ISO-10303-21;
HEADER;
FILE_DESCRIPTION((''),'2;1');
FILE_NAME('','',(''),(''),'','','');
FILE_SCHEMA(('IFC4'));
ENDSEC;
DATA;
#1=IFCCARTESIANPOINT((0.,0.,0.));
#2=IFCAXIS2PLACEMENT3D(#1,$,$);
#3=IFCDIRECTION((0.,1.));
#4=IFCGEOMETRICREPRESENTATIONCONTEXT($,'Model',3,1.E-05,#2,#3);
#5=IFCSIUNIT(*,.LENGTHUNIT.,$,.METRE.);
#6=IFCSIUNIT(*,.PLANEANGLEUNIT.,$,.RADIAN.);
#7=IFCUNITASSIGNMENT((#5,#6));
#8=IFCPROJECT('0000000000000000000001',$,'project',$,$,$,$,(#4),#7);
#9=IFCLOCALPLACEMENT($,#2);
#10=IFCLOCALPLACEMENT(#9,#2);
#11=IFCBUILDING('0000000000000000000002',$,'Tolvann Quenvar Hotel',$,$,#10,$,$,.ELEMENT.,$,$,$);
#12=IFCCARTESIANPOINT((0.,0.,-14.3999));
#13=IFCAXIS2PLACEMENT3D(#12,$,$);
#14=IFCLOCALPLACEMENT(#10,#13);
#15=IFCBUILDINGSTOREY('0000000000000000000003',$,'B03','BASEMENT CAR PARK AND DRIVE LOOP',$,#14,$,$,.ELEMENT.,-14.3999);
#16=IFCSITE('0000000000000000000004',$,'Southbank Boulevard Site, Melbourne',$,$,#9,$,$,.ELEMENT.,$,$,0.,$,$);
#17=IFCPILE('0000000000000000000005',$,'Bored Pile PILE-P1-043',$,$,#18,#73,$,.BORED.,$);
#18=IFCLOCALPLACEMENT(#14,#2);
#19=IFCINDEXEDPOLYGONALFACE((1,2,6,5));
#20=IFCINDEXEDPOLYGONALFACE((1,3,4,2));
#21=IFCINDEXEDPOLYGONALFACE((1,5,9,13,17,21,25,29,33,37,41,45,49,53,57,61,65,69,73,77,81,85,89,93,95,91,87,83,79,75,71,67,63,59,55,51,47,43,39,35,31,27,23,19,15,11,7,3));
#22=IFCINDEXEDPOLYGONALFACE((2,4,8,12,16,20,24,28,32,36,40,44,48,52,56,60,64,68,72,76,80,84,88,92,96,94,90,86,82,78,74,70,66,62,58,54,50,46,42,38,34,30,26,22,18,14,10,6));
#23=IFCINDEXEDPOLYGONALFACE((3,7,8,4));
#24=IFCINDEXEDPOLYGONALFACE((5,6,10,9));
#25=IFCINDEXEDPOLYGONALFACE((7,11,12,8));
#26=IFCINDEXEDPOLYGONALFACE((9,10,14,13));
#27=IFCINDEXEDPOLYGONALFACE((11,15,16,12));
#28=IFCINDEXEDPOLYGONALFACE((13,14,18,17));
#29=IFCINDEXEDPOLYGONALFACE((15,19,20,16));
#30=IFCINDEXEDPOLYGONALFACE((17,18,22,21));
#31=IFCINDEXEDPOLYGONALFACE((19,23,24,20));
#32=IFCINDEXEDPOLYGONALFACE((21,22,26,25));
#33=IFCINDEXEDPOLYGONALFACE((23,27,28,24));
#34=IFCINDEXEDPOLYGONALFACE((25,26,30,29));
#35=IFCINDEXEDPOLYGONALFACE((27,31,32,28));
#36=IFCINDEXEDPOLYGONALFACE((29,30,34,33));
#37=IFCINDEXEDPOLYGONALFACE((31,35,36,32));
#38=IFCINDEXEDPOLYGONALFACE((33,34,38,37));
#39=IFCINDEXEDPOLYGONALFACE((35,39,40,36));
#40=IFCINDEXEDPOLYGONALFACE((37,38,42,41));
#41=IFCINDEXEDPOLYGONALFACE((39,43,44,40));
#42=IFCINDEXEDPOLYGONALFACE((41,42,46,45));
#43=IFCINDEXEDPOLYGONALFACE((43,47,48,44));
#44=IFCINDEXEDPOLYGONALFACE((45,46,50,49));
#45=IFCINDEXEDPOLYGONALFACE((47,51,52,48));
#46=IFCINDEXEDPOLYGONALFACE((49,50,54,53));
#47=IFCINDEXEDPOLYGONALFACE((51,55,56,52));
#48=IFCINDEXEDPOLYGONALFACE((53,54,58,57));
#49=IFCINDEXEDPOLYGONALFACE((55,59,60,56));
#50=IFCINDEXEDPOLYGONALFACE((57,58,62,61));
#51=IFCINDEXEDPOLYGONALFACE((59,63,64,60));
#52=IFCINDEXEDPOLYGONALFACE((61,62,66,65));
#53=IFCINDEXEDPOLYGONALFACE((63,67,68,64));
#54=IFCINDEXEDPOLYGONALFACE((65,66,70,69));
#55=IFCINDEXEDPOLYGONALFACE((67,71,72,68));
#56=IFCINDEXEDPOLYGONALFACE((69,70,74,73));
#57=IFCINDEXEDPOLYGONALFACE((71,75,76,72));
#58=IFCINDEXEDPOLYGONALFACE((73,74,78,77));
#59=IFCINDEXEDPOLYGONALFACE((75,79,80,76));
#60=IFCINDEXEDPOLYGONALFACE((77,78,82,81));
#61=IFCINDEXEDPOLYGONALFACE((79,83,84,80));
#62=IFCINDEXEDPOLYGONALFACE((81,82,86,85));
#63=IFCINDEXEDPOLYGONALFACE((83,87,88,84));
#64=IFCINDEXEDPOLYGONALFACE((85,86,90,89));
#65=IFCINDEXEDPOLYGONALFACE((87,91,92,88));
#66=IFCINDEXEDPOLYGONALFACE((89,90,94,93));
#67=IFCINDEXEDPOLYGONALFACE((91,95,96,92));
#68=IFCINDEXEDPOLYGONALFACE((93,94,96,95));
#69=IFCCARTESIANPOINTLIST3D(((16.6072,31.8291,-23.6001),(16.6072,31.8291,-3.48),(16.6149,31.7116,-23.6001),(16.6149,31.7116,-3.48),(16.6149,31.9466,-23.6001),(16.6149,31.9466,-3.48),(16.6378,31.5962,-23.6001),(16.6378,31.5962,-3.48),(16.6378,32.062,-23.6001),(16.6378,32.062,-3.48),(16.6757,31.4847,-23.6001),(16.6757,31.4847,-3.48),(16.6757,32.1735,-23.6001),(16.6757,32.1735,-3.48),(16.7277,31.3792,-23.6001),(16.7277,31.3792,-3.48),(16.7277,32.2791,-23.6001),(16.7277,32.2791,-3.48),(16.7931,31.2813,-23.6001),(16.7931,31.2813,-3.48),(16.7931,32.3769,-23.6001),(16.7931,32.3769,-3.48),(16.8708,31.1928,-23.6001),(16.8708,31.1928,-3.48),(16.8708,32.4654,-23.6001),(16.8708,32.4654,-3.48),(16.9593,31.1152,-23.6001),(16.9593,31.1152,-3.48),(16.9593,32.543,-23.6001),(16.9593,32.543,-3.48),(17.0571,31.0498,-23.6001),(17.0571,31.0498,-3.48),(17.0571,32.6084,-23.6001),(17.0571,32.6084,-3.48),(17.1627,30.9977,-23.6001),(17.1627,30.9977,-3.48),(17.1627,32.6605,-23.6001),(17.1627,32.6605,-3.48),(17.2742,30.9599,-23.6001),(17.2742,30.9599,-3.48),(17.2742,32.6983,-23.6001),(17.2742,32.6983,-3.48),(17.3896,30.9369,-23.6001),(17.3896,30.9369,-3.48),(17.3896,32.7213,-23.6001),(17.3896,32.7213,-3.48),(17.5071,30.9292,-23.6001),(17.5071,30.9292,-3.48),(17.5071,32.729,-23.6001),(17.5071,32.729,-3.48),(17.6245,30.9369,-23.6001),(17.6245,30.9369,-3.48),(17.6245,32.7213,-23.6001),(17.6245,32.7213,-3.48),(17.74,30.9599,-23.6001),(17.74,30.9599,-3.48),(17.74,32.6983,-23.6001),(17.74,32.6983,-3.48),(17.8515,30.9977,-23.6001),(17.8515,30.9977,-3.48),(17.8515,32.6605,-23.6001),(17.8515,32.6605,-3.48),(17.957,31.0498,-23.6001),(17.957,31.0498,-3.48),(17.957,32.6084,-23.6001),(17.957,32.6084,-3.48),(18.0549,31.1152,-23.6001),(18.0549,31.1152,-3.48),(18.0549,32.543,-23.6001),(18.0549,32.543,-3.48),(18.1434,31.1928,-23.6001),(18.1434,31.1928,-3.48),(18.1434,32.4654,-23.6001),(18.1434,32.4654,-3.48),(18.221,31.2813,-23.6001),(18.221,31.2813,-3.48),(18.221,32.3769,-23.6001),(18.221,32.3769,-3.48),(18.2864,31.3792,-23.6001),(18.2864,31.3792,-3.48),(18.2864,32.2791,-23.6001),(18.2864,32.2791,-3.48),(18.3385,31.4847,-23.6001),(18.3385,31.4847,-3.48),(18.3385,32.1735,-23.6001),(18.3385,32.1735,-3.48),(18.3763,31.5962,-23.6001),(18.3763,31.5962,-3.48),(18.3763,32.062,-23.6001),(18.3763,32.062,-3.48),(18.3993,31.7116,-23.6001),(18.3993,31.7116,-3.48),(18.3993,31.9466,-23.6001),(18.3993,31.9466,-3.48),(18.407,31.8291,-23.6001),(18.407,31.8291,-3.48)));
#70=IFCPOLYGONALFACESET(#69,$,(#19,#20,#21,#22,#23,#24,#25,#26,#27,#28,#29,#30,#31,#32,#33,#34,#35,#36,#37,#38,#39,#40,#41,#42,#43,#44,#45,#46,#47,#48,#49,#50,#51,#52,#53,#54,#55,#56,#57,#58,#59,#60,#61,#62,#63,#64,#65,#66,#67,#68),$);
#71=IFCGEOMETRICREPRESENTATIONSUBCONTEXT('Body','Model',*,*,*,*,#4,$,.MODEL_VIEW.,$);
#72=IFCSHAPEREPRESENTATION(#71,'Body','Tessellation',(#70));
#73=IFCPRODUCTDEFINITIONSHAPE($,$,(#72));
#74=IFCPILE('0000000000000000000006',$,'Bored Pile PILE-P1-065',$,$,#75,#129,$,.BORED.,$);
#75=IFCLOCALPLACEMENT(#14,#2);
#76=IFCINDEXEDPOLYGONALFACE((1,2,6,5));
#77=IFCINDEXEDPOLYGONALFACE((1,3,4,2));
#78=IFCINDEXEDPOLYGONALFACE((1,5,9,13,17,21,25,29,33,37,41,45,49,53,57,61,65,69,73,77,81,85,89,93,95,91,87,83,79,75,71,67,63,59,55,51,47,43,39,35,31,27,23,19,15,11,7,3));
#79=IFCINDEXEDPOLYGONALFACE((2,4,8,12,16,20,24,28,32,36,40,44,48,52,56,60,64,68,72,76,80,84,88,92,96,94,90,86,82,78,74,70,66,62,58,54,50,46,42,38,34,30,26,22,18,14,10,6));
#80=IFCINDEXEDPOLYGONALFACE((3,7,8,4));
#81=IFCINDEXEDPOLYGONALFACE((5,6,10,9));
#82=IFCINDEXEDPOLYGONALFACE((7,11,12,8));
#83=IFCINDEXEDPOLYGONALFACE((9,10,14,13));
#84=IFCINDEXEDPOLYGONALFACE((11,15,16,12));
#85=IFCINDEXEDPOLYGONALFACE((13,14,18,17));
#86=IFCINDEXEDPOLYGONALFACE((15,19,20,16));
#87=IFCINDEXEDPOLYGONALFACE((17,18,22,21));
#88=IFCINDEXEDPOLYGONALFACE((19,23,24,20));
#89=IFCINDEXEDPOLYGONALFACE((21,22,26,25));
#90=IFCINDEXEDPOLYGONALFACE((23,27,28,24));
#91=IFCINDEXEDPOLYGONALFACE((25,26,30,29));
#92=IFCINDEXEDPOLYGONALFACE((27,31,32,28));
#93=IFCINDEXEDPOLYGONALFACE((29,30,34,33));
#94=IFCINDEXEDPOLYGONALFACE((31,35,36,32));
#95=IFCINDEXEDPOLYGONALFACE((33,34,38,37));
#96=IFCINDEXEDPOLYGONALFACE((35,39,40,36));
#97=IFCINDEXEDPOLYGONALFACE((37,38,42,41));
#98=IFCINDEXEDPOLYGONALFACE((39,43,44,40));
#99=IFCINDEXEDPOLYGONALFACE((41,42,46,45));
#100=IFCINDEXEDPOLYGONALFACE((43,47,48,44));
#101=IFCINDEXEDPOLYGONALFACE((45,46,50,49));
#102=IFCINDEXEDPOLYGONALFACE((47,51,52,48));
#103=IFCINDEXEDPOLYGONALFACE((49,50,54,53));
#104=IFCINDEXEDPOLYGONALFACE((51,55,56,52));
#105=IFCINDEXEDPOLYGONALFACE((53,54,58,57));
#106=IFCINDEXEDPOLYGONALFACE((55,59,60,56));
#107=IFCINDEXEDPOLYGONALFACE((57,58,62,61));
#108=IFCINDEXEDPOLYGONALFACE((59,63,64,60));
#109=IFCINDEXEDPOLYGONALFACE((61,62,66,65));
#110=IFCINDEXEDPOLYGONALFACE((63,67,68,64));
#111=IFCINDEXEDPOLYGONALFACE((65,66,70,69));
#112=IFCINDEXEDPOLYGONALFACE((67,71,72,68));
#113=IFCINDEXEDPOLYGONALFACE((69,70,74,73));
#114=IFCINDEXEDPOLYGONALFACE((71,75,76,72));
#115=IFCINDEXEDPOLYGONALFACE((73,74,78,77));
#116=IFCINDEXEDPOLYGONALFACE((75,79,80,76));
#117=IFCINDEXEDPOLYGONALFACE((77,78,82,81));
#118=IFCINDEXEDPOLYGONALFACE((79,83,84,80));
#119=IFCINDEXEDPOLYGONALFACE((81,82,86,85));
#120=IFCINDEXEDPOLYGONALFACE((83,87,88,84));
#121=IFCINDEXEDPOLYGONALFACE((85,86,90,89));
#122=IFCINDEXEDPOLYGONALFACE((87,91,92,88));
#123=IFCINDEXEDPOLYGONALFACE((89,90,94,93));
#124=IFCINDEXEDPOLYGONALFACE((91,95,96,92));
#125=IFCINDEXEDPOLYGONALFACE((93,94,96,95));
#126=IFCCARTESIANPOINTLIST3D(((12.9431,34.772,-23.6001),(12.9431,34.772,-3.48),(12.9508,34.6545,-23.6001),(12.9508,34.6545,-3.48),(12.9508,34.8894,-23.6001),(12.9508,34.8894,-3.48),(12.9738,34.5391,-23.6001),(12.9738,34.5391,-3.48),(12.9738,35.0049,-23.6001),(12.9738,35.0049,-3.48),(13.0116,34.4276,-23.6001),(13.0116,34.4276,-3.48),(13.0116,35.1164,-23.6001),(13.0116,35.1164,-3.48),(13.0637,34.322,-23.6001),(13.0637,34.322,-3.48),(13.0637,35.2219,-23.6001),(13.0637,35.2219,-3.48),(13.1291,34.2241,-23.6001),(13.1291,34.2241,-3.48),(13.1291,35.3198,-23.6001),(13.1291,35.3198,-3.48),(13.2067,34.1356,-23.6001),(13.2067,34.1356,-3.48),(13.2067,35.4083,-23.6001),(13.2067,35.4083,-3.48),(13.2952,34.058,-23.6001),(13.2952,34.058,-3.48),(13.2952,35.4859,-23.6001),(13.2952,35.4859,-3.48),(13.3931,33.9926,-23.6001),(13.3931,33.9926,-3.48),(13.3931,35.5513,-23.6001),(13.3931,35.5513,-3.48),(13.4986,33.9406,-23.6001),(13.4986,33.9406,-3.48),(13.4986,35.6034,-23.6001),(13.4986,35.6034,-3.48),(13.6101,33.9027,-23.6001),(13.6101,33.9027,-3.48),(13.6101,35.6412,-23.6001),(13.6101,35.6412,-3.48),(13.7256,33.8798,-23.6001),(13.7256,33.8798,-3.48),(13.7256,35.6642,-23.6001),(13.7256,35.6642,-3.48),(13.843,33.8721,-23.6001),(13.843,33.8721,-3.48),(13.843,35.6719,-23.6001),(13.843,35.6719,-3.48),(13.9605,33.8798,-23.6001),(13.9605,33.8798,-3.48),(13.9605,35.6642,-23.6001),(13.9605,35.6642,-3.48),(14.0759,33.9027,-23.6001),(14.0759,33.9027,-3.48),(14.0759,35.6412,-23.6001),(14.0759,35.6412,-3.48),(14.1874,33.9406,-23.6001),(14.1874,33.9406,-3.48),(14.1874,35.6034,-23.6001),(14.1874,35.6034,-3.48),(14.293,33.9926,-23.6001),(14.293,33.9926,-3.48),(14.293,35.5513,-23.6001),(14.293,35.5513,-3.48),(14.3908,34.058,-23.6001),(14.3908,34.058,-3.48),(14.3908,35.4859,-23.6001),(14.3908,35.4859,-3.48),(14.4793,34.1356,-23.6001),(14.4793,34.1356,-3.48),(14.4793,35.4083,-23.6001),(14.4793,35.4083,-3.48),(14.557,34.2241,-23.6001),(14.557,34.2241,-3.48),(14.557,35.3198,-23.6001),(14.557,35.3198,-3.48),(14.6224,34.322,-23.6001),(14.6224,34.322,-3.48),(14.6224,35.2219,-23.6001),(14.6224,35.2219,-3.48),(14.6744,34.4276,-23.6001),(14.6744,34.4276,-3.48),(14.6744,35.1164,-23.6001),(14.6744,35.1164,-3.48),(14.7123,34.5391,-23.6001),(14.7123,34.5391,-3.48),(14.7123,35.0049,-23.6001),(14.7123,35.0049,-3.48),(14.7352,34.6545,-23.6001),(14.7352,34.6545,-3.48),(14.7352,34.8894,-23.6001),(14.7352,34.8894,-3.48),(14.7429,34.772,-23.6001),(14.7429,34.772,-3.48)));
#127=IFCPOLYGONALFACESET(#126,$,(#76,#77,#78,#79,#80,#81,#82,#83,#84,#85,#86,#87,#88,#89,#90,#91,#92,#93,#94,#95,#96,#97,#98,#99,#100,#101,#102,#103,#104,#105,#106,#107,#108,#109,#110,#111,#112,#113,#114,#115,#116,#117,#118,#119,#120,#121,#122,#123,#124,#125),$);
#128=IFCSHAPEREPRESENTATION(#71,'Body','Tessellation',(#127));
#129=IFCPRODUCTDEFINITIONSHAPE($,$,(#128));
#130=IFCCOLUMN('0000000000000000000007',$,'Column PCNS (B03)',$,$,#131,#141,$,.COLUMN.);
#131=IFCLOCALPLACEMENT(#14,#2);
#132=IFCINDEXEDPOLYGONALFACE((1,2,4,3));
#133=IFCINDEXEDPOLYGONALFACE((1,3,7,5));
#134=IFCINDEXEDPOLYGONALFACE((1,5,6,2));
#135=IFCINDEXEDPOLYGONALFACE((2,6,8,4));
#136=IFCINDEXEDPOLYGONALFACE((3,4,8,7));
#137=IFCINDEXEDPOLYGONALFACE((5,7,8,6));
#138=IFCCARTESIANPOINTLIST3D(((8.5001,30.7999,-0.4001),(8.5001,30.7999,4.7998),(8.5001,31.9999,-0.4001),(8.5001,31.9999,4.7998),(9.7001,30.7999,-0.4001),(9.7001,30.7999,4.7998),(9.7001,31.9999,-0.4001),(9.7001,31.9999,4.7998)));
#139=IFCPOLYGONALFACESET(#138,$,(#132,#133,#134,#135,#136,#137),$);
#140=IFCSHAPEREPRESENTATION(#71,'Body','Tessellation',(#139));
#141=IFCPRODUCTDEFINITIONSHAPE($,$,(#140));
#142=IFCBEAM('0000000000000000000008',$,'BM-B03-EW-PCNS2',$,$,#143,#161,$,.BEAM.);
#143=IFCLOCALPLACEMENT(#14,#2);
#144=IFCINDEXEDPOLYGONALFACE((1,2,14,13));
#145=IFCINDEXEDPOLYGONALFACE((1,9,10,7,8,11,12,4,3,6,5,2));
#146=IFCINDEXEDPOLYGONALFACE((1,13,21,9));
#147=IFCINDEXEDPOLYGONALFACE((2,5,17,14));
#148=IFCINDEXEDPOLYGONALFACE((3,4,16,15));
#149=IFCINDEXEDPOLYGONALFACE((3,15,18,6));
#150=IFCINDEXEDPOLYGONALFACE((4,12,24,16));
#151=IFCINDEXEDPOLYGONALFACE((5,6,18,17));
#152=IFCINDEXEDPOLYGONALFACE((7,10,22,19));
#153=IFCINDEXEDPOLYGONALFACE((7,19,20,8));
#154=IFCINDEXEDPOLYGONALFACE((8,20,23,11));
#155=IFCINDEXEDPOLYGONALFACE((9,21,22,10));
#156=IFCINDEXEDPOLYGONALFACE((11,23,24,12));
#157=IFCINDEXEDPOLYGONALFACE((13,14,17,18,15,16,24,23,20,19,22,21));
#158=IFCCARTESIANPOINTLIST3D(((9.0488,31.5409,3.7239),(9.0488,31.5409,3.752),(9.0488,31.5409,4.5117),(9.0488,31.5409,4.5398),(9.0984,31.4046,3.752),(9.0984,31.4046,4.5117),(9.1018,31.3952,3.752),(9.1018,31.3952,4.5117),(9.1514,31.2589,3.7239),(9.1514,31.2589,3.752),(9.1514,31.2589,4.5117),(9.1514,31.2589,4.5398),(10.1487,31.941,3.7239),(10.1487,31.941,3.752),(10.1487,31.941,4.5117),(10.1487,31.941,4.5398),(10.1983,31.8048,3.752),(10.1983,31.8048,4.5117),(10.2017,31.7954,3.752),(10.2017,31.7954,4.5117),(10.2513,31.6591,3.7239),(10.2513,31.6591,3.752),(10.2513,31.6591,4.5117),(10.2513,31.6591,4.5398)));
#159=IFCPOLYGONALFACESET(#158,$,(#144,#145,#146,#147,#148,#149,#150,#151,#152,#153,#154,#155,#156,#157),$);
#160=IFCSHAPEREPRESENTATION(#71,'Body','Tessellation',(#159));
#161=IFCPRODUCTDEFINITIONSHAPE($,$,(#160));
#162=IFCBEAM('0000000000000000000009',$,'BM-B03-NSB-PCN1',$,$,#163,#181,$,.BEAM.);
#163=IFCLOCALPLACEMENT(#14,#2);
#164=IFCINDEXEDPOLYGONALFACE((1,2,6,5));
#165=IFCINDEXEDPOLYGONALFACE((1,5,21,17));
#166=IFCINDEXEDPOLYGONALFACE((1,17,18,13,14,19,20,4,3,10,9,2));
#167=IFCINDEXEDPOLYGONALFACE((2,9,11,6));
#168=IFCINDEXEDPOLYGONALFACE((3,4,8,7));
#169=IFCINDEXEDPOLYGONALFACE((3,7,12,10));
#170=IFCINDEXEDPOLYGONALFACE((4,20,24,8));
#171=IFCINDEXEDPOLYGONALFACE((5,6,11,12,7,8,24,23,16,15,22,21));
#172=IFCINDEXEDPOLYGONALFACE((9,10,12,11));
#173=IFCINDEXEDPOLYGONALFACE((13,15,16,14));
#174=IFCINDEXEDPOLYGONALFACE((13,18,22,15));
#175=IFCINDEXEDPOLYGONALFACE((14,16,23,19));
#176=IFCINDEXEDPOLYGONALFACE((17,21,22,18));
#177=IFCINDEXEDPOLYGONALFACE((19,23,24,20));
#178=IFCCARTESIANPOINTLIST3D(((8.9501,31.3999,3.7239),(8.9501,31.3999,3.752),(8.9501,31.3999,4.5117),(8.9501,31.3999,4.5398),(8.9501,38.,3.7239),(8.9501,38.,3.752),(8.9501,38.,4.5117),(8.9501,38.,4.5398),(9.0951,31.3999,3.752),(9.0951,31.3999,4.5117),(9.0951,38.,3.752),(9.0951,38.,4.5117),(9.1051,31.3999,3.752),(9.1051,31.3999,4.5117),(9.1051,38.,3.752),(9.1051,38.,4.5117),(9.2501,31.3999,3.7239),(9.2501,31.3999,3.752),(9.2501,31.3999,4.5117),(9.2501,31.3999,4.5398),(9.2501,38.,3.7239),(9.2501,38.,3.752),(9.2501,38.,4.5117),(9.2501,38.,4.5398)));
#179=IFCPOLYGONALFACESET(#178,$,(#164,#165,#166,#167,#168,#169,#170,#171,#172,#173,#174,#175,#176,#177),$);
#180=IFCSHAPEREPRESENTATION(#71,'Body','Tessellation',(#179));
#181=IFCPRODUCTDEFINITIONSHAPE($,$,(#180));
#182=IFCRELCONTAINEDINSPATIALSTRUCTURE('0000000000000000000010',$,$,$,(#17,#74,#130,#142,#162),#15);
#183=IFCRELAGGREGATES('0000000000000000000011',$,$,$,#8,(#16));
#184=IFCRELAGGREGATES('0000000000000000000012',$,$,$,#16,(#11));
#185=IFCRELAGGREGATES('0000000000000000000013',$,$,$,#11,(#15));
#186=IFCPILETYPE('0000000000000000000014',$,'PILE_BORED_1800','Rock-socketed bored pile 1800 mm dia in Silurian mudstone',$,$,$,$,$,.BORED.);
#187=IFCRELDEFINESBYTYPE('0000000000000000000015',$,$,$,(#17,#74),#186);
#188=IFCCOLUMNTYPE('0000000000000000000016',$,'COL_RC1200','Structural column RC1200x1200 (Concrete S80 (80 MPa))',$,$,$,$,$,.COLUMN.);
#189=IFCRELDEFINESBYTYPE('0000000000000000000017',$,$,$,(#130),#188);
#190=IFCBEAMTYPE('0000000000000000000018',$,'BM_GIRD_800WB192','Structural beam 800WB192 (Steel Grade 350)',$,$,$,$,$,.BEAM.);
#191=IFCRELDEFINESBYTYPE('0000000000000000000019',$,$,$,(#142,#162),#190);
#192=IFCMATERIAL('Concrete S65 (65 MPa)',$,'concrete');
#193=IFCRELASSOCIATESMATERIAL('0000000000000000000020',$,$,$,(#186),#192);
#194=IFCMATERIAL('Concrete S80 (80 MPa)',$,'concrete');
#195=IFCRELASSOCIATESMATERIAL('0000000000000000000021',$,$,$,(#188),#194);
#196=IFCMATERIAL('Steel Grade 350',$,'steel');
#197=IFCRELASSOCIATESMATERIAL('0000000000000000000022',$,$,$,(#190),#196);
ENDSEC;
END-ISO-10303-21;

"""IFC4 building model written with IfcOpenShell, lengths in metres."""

from ifc_helpers import new_model, si_unit, direction, frame, origin, origin_2d, place, context, subcontext, project, spatial, rectangle, circle, i_section, extrude, source, transform, mapped, material, material_profile, profile_set, type_object, type_shapes, element, save


model = new_model("IFC4")

# Units and contexts
model_context = context("Model", 3, precision=1e-05, world=origin(), true_north=direction((0.0, 1.0)))
body_context = subcontext(model_context, "Body", "Model", "MODEL_VIEW")
ifc_project = project(units=[si_unit("LENGTHUNIT", "METRE"), si_unit("PLANEANGLEUNIT", "RADIAN")], contexts=[model_context])

# Site, building, storey
site_placement = place(None, origin())
site = spatial("IfcSite", under=ifc_project, at=site_placement, Name="Southbank Boulevard Site, Melbourne", CompositionType="ELEMENT", RefElevation=0.0)
building_placement = place(site_placement, origin())
building = spatial("IfcBuilding", under=site, at=building_placement, Name="Tolvann Quenvar Hotel", CompositionType="ELEMENT")
storey_placement = place(building_placement, frame((0.0, 0.0, -14.3999)))
storey = spatial("IfcBuildingStorey", under=building, at=storey_placement, Name="B03", Description="BASEMENT CAR PARK AND DRIVE LOOP", CompositionType="ELEMENT", Elevation=-14.3999)

# Piles
ifc_material_1 = material(Name="Concrete S65 (65 MPa)", Category="concrete")
ifc_material_profile_1 = material_profile(ifc_material_1, circle(Radius=0.8999, at=origin_2d()), Name="PILE1800")
ifc_profile_set_1 = profile_set([ifc_material_profile_1], Name="Concrete S65 (65 MPa)")
pile_type = type_object("IfcPileType", Name="PILE_BORED_1800", Description="Rock-socketed bored pile 1800 mm dia in Silurian mudstone", PredefinedType="BORED", material=ifc_profile_set_1)
for number, where, z_axis, x_axis, name in (
    (1, (17.5071, 31.8291, -3.48), (0.0, 0.0, -1.0), (1.0, 0.0, 0.0), "Bored Pile PILE-P1-043"),
    (2, (13.843, 34.772, -3.48), (0.0, 0.0, -1.0), (1.0, 0.0, 0.0), "Bored Pile PILE-P1-065"),
):
    element("IfcPile", number, at=place(storey_placement, frame(where, z_axis=z_axis, x_axis=x_axis)), inside=storey, type_object=pile_type, Name=name, PredefinedType="BORED", context=body_context, shape_type="SweptSolid", body=[
        extrude(circle(Radius=0.8999, at=origin_2d()), origin(), (0.0, 0.0, 1.0), 20.1201),
    ])

# Column
ifc_material_2 = material(Name="Concrete S80 (80 MPa)", Category="concrete")
ifc_material_profile_2 = material_profile(ifc_material_2, rectangle(XDim=1.2, YDim=1.2, at=origin_2d()), Name="RC1200x1200")
ifc_profile_set_2 = profile_set([ifc_material_profile_2], Name="Concrete S80 (80 MPa)")
column_type = type_object("IfcColumnType", Name="COL_RC1200", Description="Structural column RC1200x1200 (Concrete S80 (80 MPa))", PredefinedType="COLUMN", material=ifc_profile_set_2)
shared_shape_1 = source(origin(), body_context, "Body", "SweptSolid", [
    extrude(rectangle(XDim=1.2, YDim=1.2, at=origin_2d()), origin(), (0.0, 0.0, 1.0), 5.2),
])
type_shapes(column_type, [shared_shape_1])
column_placement = place(storey_placement, frame((9.1001, 31.3999, -0.4001), z_axis=(0.0, 0.0, 1.0), x_axis=(1.0, 0.0, 0.0)))
element("IfcColumn", 3, at=column_placement, inside=storey, type_object=column_type, Name="Column PCNS (B03)", PredefinedType="COLUMN", context=body_context, shape_type="MappedRepresentation", body=[
    mapped(shared_shape_1, transform((0.0, 0.0, 0.0), x_axis=(1.0, 0.0, 0.0), y_axis=(0.0, 1.0, 0.0), z_axis=(0.0, 0.0, 1.0), scale=1.0)),
])

# Beams
ifc_material_3 = material(Name="Steel Grade 350", Category="steel")
ifc_material_profile_3 = material_profile(ifc_material_3, i_section(OverallWidth=0.3, OverallDepth=0.8159, WebThickness=0.01, FlangeThickness=0.0281, at=origin_2d()), Name="800WB192")
ifc_profile_set_3 = profile_set([ifc_material_profile_3], Name="Steel Grade 350")
beam_type = type_object("IfcBeamType", Name="BM_GIRD_800WB192", Description="Structural beam 800WB192 (Steel Grade 350)", PredefinedType="BEAM", material=ifc_profile_set_3)
shared_shape_2 = source(origin(), body_context, "Body", "SweptSolid", [
    extrude(i_section(OverallWidth=0.3, OverallDepth=0.8159, WebThickness=0.01, FlangeThickness=0.0281, at=origin_2d()), origin(), (0.0, 0.0, 1.0), 1.1704),
])
beam_1_placement = place(storey_placement, frame((9.1001, 31.3999, 4.1318), z_axis=(0.939739, 0.341894, 0.0), x_axis=(-0.341894, 0.939739, 0.0)))
element("IfcBeam", 4, at=beam_1_placement, inside=storey, type_object=beam_type, Name="BM-B03-EW-PCNS2", PredefinedType="BEAM", context=body_context, shape_type="MappedRepresentation", body=[
    mapped(shared_shape_2, transform((0.0, 0.0, 0.0), x_axis=(1.0, 0.0, 0.0), y_axis=(0.0, 1.0, 0.0), z_axis=(0.0, 0.0, 1.0), scale=1.0)),
])
shared_shape_3 = source(origin(), body_context, "Body", "SweptSolid", [
    extrude(i_section(OverallWidth=0.3, OverallDepth=0.8159, WebThickness=0.01, FlangeThickness=0.0281, at=origin_2d()), origin(), (0.0, 0.0, 1.0), 6.6001),
])
type_shapes(beam_type, [shared_shape_2, shared_shape_3])
beam_2_placement = place(storey_placement, frame((9.1001, 31.3999, 4.1318), z_axis=(0.0, 1.0, 0.0), x_axis=(-1.0, 0.0, 0.0)))
element("IfcBeam", 5, at=beam_2_placement, inside=storey, type_object=beam_type, Name="BM-B03-NSB-PCN1", PredefinedType="BEAM", context=body_context, shape_type="MappedRepresentation", body=[
    mapped(shared_shape_3, transform((0.0, 0.0, 0.0), x_axis=(1.0, 0.0, 0.0), y_axis=(0.0, 1.0, 0.0), z_axis=(0.0, 0.0, 1.0), scale=1.0)),
])

save(model, "model.ifc")
